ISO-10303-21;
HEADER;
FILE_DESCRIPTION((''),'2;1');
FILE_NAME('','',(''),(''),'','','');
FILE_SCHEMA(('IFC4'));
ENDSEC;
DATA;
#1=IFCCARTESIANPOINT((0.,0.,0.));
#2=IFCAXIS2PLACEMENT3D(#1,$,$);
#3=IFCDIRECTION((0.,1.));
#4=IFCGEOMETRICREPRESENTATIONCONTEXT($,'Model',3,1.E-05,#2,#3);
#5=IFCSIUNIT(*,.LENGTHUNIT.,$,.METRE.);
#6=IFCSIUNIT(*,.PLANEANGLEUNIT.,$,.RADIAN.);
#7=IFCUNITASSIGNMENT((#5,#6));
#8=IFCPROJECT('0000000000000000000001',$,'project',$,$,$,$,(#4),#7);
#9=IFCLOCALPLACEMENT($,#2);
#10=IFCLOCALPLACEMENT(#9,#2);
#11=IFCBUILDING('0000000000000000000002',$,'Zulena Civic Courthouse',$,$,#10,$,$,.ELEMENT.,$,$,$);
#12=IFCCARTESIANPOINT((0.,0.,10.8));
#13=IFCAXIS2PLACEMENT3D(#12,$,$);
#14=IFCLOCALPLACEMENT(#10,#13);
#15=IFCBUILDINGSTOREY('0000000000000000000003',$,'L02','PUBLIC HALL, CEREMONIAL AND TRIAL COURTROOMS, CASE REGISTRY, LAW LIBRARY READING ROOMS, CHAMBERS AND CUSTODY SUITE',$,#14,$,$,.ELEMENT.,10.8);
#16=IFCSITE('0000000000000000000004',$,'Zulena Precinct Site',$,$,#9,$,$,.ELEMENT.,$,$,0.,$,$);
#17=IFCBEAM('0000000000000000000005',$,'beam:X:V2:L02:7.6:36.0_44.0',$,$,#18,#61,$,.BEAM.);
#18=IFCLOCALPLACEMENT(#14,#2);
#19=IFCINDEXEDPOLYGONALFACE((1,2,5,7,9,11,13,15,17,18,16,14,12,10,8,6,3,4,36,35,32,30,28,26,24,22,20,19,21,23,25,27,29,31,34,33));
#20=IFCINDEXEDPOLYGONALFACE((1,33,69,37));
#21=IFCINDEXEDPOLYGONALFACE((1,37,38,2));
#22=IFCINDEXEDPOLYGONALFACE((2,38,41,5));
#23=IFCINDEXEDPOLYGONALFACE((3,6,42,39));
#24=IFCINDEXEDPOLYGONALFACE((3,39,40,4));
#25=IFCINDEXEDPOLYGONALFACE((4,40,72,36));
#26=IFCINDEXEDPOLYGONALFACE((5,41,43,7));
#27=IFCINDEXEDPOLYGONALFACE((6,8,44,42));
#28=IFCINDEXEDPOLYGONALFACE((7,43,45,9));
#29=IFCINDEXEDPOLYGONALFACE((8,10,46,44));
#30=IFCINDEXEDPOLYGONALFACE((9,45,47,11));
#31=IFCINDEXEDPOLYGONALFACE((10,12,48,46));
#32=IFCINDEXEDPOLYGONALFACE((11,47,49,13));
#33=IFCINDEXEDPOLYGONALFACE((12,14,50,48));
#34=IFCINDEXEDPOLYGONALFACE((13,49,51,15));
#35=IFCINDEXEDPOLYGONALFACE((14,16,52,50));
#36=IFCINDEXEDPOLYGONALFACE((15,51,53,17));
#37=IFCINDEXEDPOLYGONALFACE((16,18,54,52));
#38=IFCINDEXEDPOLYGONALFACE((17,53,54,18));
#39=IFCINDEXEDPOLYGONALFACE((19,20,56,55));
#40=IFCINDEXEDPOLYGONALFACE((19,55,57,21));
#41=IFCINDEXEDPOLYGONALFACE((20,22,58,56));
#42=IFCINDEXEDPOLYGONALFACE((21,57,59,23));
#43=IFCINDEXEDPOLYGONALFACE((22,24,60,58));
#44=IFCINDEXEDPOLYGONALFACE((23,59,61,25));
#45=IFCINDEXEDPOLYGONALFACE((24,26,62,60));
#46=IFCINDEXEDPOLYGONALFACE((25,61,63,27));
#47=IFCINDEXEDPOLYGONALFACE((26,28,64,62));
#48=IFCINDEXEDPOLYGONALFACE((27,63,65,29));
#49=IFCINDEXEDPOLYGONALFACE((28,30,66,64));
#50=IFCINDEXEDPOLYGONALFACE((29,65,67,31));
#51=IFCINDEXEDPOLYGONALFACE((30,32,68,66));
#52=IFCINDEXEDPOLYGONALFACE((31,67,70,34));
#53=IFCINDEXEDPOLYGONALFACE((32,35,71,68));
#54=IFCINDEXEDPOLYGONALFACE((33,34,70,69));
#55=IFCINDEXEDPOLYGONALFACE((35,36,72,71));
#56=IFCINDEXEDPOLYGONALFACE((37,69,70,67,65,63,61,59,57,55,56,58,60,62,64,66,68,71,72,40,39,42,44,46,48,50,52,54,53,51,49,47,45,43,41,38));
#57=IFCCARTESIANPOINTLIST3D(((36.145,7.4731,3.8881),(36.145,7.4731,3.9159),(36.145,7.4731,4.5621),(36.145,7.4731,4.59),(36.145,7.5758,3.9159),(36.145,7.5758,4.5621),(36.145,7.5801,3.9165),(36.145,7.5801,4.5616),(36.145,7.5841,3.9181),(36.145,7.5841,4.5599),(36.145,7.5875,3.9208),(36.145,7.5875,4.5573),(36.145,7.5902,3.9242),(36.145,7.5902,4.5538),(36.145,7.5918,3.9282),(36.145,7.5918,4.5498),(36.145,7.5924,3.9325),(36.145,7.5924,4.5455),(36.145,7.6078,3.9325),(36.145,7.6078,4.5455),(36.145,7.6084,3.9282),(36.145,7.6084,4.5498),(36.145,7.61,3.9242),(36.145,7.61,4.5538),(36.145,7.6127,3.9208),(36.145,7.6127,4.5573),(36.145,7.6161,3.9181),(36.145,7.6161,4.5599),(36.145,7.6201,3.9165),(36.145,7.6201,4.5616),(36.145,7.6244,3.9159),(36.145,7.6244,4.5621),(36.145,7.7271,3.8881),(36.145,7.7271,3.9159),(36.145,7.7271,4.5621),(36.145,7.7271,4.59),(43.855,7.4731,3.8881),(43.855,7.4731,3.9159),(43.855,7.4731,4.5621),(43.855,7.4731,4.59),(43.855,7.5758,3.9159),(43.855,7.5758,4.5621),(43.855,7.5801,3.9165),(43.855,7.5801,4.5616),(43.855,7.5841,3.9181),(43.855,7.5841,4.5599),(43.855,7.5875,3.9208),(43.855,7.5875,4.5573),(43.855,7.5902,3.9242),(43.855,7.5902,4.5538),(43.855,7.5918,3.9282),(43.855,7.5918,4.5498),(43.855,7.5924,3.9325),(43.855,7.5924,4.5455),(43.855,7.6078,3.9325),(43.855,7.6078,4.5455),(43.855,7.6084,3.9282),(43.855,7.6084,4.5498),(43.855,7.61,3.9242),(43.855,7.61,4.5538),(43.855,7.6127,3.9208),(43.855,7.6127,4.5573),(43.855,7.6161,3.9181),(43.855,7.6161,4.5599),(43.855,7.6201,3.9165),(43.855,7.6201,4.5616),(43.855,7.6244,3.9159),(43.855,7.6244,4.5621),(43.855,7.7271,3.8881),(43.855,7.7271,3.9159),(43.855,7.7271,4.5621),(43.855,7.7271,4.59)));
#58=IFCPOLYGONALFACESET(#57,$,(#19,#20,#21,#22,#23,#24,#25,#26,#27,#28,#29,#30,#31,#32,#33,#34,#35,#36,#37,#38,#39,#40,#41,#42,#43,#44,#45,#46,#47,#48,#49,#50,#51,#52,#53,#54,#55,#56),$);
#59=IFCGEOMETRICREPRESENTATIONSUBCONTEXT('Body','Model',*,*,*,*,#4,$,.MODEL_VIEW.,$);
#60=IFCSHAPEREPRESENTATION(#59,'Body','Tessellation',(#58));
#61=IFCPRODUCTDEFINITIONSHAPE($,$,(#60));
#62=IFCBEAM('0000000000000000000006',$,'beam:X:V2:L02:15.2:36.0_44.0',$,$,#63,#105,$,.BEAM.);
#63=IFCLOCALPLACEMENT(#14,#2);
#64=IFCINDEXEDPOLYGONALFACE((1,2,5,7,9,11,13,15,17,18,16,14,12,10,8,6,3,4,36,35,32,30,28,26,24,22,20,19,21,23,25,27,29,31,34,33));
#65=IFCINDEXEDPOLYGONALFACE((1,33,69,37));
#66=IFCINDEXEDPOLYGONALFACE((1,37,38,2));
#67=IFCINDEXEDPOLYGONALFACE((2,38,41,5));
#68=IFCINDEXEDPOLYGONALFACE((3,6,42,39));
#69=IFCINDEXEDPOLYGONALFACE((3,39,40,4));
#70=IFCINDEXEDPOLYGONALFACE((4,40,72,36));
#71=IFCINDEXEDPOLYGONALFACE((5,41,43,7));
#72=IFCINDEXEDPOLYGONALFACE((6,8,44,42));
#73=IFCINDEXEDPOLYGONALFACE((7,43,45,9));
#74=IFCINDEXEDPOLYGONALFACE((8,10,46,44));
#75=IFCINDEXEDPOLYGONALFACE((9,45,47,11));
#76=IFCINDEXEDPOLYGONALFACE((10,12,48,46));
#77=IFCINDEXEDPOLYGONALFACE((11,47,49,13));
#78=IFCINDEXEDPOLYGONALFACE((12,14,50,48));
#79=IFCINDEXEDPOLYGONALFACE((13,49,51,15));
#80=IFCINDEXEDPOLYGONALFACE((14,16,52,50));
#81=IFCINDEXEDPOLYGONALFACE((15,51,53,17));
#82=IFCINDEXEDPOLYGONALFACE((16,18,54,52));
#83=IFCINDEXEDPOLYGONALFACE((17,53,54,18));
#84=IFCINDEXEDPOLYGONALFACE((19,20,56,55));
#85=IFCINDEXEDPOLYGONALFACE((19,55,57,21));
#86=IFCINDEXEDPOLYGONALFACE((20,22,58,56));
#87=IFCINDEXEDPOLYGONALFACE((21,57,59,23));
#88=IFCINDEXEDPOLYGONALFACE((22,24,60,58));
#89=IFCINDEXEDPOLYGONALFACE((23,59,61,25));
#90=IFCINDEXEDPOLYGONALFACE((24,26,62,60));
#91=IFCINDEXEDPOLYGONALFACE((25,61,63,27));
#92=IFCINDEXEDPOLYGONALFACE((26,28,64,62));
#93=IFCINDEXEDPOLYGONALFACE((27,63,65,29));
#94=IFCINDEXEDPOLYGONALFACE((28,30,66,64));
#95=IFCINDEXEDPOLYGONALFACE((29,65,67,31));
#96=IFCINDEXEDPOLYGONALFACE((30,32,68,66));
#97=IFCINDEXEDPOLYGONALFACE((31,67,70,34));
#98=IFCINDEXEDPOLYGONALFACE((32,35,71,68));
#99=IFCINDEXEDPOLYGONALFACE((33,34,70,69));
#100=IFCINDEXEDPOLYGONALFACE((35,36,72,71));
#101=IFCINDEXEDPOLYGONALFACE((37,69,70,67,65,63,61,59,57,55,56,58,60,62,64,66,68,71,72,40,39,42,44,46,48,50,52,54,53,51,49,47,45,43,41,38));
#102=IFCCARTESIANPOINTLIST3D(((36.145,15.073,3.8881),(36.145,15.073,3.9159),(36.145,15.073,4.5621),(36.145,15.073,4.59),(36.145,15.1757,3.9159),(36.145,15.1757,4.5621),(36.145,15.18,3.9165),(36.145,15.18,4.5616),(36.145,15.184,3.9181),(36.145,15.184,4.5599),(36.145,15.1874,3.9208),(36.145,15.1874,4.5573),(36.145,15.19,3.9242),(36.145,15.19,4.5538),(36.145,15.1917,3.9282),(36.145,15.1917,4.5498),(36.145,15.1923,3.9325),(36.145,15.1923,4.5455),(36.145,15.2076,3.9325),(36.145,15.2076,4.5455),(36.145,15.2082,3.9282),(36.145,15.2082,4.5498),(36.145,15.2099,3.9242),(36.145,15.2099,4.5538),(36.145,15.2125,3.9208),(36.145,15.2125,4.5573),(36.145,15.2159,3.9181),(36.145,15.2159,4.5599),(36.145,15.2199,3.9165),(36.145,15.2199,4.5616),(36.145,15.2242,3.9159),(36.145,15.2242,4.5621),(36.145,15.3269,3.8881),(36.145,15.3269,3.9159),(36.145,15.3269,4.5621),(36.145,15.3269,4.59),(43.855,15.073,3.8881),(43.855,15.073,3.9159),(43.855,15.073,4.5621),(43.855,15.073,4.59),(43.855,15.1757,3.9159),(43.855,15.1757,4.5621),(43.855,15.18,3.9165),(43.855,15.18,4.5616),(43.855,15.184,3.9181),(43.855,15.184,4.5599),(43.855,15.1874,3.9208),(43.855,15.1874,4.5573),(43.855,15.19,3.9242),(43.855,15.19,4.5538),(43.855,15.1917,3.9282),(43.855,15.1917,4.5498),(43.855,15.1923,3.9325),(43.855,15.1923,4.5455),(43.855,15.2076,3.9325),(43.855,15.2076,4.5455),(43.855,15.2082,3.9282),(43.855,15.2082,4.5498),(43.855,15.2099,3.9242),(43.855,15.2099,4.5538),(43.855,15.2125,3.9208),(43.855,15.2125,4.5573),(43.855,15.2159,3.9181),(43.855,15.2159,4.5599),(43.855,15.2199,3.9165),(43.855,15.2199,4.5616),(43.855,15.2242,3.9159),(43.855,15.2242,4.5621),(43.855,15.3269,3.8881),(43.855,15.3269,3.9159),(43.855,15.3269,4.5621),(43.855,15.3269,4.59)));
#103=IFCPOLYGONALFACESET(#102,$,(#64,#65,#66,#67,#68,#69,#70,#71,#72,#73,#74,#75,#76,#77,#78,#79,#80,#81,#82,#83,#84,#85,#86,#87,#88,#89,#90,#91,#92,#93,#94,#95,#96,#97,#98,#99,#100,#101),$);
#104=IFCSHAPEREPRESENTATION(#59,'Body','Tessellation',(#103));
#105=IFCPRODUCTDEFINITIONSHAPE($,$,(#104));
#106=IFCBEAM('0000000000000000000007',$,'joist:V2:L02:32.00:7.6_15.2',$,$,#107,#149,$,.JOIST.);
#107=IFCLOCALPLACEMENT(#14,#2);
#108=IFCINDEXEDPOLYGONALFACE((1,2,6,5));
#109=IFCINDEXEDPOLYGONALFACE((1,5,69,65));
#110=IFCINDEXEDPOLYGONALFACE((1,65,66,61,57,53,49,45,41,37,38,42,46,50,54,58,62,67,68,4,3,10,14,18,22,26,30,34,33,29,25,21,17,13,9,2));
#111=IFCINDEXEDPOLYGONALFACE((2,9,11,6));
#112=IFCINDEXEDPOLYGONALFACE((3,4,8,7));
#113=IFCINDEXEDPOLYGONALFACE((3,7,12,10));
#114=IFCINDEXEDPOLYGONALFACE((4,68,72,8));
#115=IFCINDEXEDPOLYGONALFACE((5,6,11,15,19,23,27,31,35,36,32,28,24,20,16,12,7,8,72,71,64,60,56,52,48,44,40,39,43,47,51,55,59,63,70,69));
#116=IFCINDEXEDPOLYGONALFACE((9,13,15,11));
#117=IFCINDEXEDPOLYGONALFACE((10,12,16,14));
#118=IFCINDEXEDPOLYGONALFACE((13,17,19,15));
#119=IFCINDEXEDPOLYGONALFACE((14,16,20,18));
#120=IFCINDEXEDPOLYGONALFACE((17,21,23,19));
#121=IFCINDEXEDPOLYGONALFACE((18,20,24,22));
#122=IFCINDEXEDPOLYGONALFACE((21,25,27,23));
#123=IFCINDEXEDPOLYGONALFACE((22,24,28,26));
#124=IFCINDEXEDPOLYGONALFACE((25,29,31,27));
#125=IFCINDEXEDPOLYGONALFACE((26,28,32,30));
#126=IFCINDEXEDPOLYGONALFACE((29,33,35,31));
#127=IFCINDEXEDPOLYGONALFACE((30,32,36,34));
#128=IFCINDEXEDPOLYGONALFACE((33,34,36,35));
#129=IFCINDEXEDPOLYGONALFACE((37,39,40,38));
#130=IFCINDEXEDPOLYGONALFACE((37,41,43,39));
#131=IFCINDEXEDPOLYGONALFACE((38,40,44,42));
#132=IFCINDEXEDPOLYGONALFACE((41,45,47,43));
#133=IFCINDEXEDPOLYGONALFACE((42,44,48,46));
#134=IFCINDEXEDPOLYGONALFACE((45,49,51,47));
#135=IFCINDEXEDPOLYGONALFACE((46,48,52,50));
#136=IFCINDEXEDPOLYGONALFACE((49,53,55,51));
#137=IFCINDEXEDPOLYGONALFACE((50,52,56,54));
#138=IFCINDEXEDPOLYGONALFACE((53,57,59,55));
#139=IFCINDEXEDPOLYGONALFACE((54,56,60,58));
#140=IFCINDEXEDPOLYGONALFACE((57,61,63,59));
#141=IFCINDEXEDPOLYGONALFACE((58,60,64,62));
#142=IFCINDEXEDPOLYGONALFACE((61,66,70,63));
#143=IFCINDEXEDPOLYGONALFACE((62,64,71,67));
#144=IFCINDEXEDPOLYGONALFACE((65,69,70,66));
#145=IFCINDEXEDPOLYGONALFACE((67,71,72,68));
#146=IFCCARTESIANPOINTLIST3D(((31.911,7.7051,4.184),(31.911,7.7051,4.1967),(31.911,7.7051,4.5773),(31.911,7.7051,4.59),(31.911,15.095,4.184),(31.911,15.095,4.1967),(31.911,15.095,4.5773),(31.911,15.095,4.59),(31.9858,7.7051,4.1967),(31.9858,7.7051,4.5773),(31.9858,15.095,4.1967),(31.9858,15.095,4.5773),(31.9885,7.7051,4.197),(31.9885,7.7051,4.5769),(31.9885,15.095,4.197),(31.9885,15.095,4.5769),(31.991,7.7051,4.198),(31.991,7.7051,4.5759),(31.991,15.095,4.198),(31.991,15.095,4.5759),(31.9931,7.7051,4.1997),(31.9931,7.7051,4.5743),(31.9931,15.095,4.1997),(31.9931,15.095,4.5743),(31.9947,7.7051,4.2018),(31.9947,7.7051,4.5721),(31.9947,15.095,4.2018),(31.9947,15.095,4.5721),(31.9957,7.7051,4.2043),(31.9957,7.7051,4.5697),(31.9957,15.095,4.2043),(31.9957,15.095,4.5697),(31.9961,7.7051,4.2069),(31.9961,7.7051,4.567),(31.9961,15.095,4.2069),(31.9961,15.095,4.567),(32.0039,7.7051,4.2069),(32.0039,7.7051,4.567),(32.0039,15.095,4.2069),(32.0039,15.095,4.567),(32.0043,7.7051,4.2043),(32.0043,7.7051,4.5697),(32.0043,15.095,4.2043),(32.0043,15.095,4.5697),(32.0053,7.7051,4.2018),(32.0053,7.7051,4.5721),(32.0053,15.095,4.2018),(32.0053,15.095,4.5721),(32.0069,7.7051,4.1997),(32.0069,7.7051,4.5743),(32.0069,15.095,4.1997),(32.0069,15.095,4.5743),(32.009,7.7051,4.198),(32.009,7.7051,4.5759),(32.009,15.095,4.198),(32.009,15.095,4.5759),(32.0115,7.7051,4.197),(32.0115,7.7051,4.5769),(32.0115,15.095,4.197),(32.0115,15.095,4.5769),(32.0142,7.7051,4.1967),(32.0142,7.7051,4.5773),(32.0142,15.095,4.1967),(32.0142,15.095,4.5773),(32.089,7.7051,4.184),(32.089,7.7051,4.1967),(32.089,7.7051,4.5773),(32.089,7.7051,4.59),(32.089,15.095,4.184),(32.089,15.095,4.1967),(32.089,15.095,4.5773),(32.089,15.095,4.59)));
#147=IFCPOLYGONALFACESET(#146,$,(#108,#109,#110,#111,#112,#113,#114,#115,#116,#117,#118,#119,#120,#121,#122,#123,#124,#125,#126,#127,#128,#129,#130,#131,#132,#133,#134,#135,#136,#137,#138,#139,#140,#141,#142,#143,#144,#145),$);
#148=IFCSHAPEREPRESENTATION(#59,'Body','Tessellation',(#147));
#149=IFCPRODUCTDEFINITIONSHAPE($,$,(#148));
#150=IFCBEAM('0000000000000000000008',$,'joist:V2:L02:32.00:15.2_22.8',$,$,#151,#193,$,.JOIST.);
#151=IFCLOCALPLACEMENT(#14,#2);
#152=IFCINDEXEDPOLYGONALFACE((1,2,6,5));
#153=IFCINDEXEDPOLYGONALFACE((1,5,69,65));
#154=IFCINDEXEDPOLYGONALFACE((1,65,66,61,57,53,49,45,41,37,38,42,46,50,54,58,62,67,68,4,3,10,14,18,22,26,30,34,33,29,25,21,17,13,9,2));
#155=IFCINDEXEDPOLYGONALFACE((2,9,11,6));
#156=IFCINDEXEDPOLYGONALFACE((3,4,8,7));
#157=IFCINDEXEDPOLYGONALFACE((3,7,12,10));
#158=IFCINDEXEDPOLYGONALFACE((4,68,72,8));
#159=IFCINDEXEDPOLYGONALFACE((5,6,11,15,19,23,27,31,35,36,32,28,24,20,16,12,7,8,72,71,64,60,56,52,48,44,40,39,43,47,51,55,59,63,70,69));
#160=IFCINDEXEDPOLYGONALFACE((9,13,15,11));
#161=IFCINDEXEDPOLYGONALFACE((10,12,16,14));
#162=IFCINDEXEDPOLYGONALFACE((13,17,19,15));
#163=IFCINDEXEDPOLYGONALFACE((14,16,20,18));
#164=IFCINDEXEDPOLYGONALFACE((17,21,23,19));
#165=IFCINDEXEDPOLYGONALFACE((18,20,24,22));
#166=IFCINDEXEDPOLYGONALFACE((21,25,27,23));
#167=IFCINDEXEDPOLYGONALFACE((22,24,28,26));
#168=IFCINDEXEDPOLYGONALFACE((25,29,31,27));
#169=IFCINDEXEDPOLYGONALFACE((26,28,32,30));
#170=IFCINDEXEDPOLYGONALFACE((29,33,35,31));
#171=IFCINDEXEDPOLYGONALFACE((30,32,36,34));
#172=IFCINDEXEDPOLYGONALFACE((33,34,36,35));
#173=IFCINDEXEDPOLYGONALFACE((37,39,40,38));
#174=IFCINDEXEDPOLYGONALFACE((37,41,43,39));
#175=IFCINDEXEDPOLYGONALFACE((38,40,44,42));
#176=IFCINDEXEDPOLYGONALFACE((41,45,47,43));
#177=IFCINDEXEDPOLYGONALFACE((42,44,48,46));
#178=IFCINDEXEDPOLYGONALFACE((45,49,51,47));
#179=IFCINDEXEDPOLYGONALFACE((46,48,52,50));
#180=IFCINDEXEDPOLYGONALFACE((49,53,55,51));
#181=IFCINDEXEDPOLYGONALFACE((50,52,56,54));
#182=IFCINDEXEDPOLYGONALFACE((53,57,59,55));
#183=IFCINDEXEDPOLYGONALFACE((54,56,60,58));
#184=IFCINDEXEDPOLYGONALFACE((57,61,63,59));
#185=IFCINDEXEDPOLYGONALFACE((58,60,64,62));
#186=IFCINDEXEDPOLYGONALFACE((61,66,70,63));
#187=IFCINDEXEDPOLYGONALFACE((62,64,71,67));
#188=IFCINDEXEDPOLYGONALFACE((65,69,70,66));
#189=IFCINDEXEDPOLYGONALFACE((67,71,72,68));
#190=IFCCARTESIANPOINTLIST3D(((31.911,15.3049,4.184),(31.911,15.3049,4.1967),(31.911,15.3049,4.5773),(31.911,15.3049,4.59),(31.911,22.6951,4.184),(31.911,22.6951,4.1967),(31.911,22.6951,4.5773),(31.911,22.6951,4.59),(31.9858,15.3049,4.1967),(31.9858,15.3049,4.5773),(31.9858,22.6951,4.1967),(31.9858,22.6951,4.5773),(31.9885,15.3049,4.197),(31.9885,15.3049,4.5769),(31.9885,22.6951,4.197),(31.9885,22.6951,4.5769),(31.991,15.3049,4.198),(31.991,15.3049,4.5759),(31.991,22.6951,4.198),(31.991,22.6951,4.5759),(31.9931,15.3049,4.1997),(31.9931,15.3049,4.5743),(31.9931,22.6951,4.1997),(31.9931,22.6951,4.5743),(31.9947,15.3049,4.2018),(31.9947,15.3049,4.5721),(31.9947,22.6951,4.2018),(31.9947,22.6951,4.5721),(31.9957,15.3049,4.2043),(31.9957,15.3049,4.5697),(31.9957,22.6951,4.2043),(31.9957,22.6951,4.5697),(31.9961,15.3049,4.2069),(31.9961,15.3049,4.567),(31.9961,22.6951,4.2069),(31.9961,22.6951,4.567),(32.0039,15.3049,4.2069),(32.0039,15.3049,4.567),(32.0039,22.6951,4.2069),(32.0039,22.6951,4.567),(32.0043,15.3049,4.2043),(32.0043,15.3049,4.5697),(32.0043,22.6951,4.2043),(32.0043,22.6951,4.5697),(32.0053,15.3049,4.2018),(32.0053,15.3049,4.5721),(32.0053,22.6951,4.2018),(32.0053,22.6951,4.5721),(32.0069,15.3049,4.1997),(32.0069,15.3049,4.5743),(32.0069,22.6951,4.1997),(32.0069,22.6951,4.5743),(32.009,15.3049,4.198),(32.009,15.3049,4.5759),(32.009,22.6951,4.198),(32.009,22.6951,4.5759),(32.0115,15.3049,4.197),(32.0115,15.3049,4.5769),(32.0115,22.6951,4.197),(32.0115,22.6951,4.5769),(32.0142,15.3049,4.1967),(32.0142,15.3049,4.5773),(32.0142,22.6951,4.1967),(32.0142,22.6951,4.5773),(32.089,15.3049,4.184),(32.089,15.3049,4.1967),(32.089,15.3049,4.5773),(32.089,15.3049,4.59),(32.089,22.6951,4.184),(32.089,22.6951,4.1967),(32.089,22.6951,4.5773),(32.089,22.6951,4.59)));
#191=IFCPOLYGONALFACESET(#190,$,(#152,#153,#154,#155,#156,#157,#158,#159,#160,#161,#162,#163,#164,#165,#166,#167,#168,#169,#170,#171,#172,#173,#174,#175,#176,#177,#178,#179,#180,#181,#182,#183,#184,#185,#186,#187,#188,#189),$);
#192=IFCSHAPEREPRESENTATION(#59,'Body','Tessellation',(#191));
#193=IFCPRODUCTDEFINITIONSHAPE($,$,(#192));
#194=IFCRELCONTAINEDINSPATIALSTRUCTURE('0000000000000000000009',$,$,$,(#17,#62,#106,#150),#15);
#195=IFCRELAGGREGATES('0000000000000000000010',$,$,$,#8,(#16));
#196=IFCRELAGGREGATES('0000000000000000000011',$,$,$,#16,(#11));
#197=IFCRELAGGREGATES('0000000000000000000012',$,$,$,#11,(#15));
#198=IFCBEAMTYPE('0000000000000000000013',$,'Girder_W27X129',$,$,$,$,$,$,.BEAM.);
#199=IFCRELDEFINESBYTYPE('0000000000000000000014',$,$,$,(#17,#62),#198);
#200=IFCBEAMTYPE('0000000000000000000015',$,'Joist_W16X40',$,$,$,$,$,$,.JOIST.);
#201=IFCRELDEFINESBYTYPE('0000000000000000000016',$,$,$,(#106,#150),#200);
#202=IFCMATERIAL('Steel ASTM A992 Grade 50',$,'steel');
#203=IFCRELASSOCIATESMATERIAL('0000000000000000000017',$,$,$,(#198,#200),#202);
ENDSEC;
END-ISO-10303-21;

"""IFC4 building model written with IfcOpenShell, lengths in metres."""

from ifc_helpers import new_model, si_unit, direction, frame, origin, origin_2d, place, context, subcontext, project, spatial, i_section, extrude, material, material_profile, profile_set, type_object, element, save


model = new_model("IFC4")

# Units and contexts
model_context = context("Model", 3, precision=1e-05, world=origin(), true_north=direction((0.0, 1.0)))
body_context = subcontext(model_context, "Body", "Model", "MODEL_VIEW")
ifc_project = project(units=[si_unit("LENGTHUNIT", "METRE"), si_unit("PLANEANGLEUNIT", "RADIAN")], contexts=[model_context])

# Site, building, storey
site_placement = place(None, origin())
site = spatial("IfcSite", under=ifc_project, at=site_placement, Name="Zulena Precinct Site", CompositionType="ELEMENT", RefElevation=0.0)
building_placement = place(site_placement, origin())
building = spatial("IfcBuilding", under=site, at=building_placement, Name="Zulena Civic Courthouse", CompositionType="ELEMENT")
storey_placement = place(building_placement, frame((0.0, 0.0, 10.8)))
storey = spatial("IfcBuildingStorey", under=building, at=storey_placement, Name="L02", Description="PUBLIC HALL, CEREMONIAL AND TRIAL COURTROOMS, CASE REGISTRY, LAW LIBRARY READING ROOMS, CHAMBERS AND CUSTODY SUITE", CompositionType="ELEMENT", Elevation=10.8)

# Shared definitions
ifc_material_1 = material(Name="Steel ASTM A992 Grade 50", Category="steel")

# Beams
ifc_material_profile_1 = material_profile(ifc_material_1, i_section(OverallWidth=0.2539, OverallDepth=0.7019, WebThickness=0.0154, FlangeThickness=0.0278, FilletRadius=0.0166, at=origin_2d()), Name="W27X129")
ifc_profile_set_1 = profile_set([ifc_material_profile_1], Name="Steel ASTM A992 Grade 50")
beam_type_1 = type_object("IfcBeamType", Name="Girder_W27X129", PredefinedType="BEAM", material=ifc_profile_set_1)
for number, where, z_axis, x_axis, name in (
    (1, (36.145, 7.6001, 4.239), (1.0, 0.0, 0.0), (0.0, 1.0, 0.0), "beam:X:V2:L02:7.6:36.0_44.0"),
    (2, (36.145, 15.2, 4.239), (1.0, 0.0, 0.0), (0.0, 1.0, 0.0), "beam:X:V2:L02:15.2:36.0_44.0"),
):
    element("IfcBeam", number, at=place(storey_placement, frame(where, z_axis=z_axis, x_axis=x_axis)), inside=storey, type_object=beam_type_1, Name=name, PredefinedType="BEAM", context=body_context, shape_type="SweptSolid", body=[
        extrude(i_section(OverallWidth=0.2539, OverallDepth=0.7019, WebThickness=0.0154, FlangeThickness=0.0278, FilletRadius=0.0166, at=origin_2d()), origin(), (0.0, 0.0, 1.0), 7.71),
    ])
ifc_material_profile_2 = material_profile(ifc_material_1, i_section(OverallWidth=0.178, OverallDepth=0.406, WebThickness=0.0078, FlangeThickness=0.0127, FilletRadius=0.0103, at=origin_2d()), Name="W16X40")
ifc_profile_set_2 = profile_set([ifc_material_profile_2], Name="Steel ASTM A992 Grade 50")
beam_type_2 = type_object("IfcBeamType", Name="Joist_W16X40", PredefinedType="JOIST", material=ifc_profile_set_2)
beam_1_placement = place(storey_placement, frame((32.0, 7.7051, 4.387), z_axis=(0.0, 1.0, 0.0), x_axis=(-1.0, 0.0, 0.0)))
element("IfcBeam", 3, at=beam_1_placement, inside=storey, type_object=beam_type_2, Name="joist:V2:L02:32.00:7.6_15.2", PredefinedType="JOIST", context=body_context, shape_type="SweptSolid", body=[
    extrude(i_section(OverallWidth=0.178, OverallDepth=0.406, WebThickness=0.0078, FlangeThickness=0.0127, FilletRadius=0.0103, at=origin_2d()), origin(), (0.0, 0.0, 1.0), 7.3899),
])
beam_2_placement = place(storey_placement, frame((32.0, 15.3049, 4.387), z_axis=(0.0, 1.0, 0.0), x_axis=(-1.0, 0.0, 0.0)))
element("IfcBeam", 4, at=beam_2_placement, inside=storey, type_object=beam_type_2, Name="joist:V2:L02:32.00:15.2_22.8", PredefinedType="JOIST", context=body_context, shape_type="SweptSolid", body=[
    extrude(i_section(OverallWidth=0.178, OverallDepth=0.406, WebThickness=0.0078, FlangeThickness=0.0127, FilletRadius=0.0103, at=origin_2d()), origin(), (0.0, 0.0, 1.0), 7.3901),
])

save(model, "model.ifc")
